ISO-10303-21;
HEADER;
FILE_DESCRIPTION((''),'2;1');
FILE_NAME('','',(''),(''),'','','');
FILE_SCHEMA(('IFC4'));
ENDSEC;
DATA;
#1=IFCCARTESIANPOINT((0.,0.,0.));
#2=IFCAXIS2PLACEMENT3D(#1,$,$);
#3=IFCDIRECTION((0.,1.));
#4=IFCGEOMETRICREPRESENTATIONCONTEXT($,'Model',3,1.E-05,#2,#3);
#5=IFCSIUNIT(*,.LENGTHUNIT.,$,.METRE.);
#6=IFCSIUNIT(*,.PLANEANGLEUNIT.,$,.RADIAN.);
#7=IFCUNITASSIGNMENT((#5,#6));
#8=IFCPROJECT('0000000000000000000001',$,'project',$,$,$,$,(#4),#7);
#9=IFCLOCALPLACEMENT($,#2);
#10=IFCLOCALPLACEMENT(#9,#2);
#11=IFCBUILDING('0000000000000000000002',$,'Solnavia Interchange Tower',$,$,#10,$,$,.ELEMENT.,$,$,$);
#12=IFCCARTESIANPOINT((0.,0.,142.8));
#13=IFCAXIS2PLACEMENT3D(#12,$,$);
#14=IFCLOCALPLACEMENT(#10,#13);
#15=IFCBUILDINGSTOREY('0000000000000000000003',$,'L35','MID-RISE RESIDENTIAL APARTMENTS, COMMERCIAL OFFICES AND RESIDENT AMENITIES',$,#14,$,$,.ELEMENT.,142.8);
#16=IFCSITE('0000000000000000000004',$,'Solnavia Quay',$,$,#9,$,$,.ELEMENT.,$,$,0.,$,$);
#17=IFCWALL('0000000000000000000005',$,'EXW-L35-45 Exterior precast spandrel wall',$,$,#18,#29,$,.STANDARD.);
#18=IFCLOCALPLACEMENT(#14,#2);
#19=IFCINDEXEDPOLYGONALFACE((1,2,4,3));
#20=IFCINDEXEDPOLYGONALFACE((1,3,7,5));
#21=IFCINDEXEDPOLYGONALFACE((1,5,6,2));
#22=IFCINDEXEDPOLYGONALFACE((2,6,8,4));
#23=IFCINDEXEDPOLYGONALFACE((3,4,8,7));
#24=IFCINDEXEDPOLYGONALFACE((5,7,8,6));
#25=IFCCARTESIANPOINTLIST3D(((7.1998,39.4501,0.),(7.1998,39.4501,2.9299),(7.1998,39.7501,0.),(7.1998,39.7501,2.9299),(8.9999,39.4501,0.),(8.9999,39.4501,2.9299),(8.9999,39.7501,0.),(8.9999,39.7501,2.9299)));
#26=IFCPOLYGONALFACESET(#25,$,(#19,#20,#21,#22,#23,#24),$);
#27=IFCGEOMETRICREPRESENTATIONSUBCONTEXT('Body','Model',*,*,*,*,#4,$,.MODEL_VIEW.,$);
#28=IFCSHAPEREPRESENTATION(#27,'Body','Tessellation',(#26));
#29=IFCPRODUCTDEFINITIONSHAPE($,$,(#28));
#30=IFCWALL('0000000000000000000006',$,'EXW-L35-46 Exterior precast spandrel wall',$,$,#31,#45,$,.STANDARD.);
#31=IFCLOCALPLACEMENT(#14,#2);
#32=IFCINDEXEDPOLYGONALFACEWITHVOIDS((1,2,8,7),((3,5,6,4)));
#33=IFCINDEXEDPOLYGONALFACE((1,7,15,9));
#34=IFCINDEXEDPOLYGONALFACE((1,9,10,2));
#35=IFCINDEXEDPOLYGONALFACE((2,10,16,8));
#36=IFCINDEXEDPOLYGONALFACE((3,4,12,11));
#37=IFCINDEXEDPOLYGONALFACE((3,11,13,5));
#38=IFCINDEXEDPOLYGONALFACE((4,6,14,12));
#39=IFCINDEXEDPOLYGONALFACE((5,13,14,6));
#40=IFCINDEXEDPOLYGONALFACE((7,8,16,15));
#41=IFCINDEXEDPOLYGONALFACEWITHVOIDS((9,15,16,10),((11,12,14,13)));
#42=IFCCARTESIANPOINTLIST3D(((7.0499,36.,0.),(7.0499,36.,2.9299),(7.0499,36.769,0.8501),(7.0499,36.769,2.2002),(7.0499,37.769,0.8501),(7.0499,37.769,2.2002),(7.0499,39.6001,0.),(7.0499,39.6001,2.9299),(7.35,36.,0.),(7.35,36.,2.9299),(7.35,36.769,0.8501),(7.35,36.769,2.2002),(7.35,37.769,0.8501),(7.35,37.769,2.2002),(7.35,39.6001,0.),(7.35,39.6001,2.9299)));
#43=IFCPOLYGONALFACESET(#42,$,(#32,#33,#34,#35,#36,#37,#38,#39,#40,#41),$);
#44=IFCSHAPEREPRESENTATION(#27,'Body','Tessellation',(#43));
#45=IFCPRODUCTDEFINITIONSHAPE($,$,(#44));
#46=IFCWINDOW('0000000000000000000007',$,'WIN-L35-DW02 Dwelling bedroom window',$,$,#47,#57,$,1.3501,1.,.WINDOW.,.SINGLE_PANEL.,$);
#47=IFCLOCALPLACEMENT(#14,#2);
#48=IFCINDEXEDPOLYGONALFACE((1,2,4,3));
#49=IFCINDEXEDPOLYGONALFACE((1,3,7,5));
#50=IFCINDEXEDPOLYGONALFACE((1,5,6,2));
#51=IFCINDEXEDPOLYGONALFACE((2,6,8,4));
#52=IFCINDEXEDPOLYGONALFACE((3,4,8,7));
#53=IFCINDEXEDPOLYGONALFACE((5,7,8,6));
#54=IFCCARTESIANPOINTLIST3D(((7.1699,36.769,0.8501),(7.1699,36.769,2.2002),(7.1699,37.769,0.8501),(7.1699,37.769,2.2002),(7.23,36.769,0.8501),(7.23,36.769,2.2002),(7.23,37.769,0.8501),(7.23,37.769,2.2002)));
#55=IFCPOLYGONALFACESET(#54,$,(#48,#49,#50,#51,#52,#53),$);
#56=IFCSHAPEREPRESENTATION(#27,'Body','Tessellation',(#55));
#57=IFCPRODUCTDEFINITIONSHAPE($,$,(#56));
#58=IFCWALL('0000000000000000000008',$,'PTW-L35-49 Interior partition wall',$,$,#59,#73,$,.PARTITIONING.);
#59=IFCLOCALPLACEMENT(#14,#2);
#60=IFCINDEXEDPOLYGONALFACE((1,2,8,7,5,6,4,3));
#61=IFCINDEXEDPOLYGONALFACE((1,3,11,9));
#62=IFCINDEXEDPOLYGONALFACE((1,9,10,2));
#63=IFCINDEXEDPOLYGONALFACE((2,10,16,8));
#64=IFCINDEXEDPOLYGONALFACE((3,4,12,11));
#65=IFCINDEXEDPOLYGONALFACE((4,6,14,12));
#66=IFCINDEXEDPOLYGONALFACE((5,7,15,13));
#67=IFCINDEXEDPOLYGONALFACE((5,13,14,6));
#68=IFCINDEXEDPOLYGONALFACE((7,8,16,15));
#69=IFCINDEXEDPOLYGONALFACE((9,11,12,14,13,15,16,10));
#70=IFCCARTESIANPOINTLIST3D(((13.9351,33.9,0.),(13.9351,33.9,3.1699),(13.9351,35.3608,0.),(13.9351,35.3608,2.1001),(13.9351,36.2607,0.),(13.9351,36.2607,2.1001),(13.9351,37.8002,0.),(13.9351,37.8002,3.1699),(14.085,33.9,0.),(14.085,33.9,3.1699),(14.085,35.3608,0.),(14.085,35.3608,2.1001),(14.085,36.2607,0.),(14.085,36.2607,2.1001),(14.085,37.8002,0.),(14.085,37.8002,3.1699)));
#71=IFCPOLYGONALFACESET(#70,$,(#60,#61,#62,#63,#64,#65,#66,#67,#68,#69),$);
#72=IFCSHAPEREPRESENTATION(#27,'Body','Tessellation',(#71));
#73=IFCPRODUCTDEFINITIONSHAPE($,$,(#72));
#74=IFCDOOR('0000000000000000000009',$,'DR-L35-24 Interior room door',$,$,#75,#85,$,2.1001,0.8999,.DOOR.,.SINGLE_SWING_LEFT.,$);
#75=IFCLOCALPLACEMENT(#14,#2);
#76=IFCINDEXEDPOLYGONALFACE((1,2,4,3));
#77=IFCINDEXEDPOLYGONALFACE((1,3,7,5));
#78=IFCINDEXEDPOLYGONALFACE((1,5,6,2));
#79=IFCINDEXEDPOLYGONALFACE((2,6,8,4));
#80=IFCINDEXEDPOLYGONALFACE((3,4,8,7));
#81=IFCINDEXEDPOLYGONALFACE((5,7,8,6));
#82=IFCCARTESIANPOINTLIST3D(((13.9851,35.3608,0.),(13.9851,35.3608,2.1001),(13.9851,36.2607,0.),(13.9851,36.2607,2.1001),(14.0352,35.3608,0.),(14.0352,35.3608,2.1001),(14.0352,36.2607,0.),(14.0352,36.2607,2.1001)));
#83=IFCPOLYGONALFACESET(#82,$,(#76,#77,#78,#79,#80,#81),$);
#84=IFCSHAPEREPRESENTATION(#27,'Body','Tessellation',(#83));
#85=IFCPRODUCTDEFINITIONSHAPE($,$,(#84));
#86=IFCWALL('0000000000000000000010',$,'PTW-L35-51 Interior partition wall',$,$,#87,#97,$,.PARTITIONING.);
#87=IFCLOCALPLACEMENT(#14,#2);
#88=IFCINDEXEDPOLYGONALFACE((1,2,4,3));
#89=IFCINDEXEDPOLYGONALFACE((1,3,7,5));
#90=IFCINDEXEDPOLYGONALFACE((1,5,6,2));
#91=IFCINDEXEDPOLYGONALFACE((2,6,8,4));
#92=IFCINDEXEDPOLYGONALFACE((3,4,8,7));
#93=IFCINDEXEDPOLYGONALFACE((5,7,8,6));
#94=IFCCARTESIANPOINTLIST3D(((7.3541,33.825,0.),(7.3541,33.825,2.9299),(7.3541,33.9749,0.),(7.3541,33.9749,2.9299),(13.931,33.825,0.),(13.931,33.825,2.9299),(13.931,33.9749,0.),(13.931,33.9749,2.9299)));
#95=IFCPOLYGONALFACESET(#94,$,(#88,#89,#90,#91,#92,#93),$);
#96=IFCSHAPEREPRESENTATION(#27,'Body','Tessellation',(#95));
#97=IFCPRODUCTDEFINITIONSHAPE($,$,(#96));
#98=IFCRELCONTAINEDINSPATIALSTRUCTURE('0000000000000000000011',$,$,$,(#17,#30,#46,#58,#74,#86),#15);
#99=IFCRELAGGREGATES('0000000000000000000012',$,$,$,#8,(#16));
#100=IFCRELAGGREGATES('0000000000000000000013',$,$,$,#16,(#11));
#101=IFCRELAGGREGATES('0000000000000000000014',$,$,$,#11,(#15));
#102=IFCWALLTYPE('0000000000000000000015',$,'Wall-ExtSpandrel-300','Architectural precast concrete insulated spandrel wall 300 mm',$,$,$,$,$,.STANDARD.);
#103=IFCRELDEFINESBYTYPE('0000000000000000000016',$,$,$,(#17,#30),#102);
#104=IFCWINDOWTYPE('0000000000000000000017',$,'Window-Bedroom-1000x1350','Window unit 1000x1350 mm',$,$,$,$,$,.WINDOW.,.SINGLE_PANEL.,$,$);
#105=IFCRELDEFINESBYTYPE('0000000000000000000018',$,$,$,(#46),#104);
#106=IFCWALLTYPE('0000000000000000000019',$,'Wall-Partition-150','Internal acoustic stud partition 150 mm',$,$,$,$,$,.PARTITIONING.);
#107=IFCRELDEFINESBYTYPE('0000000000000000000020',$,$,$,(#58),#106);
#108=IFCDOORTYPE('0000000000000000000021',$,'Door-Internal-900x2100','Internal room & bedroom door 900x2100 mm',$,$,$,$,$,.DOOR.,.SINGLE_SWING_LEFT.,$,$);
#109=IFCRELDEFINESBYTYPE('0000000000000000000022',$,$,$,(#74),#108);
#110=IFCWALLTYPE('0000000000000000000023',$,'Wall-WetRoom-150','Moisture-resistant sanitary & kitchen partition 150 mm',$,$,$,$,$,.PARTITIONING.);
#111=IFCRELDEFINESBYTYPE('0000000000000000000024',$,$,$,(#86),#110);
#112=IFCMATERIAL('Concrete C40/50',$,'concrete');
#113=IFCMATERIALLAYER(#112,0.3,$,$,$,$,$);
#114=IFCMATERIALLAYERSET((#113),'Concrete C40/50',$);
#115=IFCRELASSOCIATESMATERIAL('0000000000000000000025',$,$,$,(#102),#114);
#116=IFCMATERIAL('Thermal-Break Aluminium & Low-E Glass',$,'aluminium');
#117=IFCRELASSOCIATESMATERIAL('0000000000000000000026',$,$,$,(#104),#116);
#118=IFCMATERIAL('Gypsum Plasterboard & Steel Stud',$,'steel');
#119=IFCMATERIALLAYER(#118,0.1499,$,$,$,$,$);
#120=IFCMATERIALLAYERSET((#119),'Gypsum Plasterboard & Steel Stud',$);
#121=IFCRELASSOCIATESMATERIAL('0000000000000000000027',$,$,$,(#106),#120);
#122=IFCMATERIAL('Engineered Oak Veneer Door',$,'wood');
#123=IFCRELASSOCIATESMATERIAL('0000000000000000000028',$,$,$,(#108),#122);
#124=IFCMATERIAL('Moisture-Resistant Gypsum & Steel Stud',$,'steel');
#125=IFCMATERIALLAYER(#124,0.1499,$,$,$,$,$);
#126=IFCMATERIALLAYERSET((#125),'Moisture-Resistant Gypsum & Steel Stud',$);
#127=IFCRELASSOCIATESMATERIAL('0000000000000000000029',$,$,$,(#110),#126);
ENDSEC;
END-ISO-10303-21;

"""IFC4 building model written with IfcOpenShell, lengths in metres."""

from ifc_helpers import new_model, si_unit, direction, frame, frame_2d, origin, place, context, subcontext, project, spatial, rectangle, extrude, material, layer, layer_set, type_object, element, fill, save


model = new_model("IFC4")

# Units and contexts
model_context = context("Model", 3, precision=1e-05, world=origin(), true_north=direction((0.0, 1.0)))
body_context = subcontext(model_context, "Body", "Model", "MODEL_VIEW")
ifc_project = project(units=[si_unit("LENGTHUNIT", "METRE"), si_unit("PLANEANGLEUNIT", "RADIAN")], contexts=[model_context])

# Site, building, storey
site_placement = place(None, origin())
site = spatial("IfcSite", under=ifc_project, at=site_placement, Name="Solnavia Quay", CompositionType="ELEMENT", RefElevation=0.0)
building_placement = place(site_placement, origin())
building = spatial("IfcBuilding", under=site, at=building_placement, Name="Solnavia Interchange Tower", CompositionType="ELEMENT")
storey_placement = place(building_placement, frame((0.0, 0.0, 142.8)))
storey = spatial("IfcBuildingStorey", under=building, at=storey_placement, Name="L35", Description="MID-RISE RESIDENTIAL APARTMENTS, COMMERCIAL OFFICES AND RESIDENT AMENITIES", CompositionType="ELEMENT", Elevation=142.8)

# Wall
ifc_material_1 = material(Name="Concrete C40/50", Category="concrete")
ifc_layer_1 = layer(ifc_material_1, 0.3)
ifc_layer_set_1 = layer_set([ifc_layer_1], Name="Concrete C40/50")
wall_type_1 = type_object("IfcWallType", Name="Wall-ExtSpandrel-300", Description="Architectural precast concrete insulated spandrel wall 300 mm", PredefinedType="STANDARD", material=ifc_layer_set_1)
wall_1_placement = place(storey_placement, frame((7.2, 39.6001, 0.0), z_axis=(0.0, 0.0, 1.0), x_axis=(1.0, 0.0, 0.0)))
element("IfcWall", 1, at=wall_1_placement, inside=storey, type_object=wall_type_1, Name="EXW-L35-45 Exterior precast spandrel wall", PredefinedType="STANDARD", context=body_context, shape_type="SweptSolid", body=[
    extrude(rectangle(XDim=1.8, YDim=0.3, at=frame_2d((0.8999, 0.0))), origin(), (0.0, 0.0, 1.0), 2.9299),
])

# Wall, opening, window
wall_2_placement = place(storey_placement, frame((7.2, 36.0, 0.0), z_axis=(0.0, 0.0, 1.0), x_axis=(0.0, 1.0, 0.0)))
wall_2 = element("IfcWall", 2, at=wall_2_placement, inside=storey, type_object=wall_type_1, Name="EXW-L35-46 Exterior precast spandrel wall", PredefinedType="STANDARD", context=body_context, shape_type="SweptSolid", body=[
    extrude(rectangle(XDim=3.6001, YDim=0.3, at=frame_2d((1.8, 0.0))), origin(), (0.0, 0.0, 1.0), 2.9299),
])
opening_1_placement = place(wall_2_placement, frame((0.769, 0.0, 0.8501)))
opening_1 = element("IfcOpeningElement", 3, at=opening_1_placement, cuts=wall_2, PredefinedType="OPENING", context=body_context, shape_type="SweptSolid", body=[
    extrude(rectangle(XDim=1.0, YDim=1.3501, at=frame_2d((0.5, 0.675))), frame((0.0, 0.1602, 0.0), z_axis=(0.0, -1.0, 0.0), x_axis=(1.0, 0.0, 0.0)), (0.0, 0.0, 1.0), 0.3201),
])
ifc_material_2 = material(Name="Thermal-Break Aluminium & Low-E Glass", Category="aluminium")
window_type = type_object("IfcWindowType", Name="Window-Bedroom-1000x1350", Description="Window unit 1000x1350 mm", PartitioningType="SINGLE_PANEL", PredefinedType="WINDOW", material=ifc_material_2)
window_placement = place(opening_1_placement, origin())
window = element("IfcWindow", 4, at=window_placement, inside=storey, type_object=window_type, Name="WIN-L35-DW02 Dwelling bedroom window", OverallHeight=1.3501, OverallWidth=1.0, PartitioningType="SINGLE_PANEL", PredefinedType="WINDOW", context=body_context, shape_type="SweptSolid", body=[
    extrude(rectangle(XDim=1.0, YDim=1.3501, at=frame_2d((0.5, 0.675))), frame((0.0, 0.03, 0.0), z_axis=(0.0, -1.0, 0.0), x_axis=(1.0, 0.0, 0.0)), (0.0, 0.0, 1.0), 0.0601),
])
fill(opening_1, window)

# Wall, opening, door
ifc_material_3 = material(Name="Gypsum Plasterboard & Steel Stud", Category="steel")
ifc_layer_2 = layer(ifc_material_3, 0.1499)
ifc_layer_set_2 = layer_set([ifc_layer_2], Name="Gypsum Plasterboard & Steel Stud")
wall_type_2 = type_object("IfcWallType", Name="Wall-Partition-150", Description="Internal acoustic stud partition 150 mm", PredefinedType="PARTITIONING", material=ifc_layer_set_2)
wall_3_placement = place(storey_placement, frame((14.01, 33.8999, 0.0), z_axis=(0.0, 0.0, 1.0), x_axis=(0.0, 1.0, 0.0)))
wall_3 = element("IfcWall", 5, at=wall_3_placement, inside=storey, type_object=wall_type_2, Name="PTW-L35-49 Interior partition wall", PredefinedType="PARTITIONING", context=body_context, shape_type="SweptSolid", body=[
    extrude(rectangle(XDim=3.9001, YDim=0.1499, at=frame_2d((1.9502, 0.0))), origin(), (0.0, 0.0, 1.0), 3.1699),
])
opening_2_placement = place(wall_3_placement, frame((1.4609, 0.0, 0.0)))
opening_2 = element("IfcOpeningElement", 6, at=opening_2_placement, cuts=wall_3, PredefinedType="OPENING", context=body_context, shape_type="SweptSolid", body=[
    extrude(rectangle(XDim=0.8999, YDim=2.1001, at=frame_2d((0.45, 1.05))), frame((0.0, 0.085, 0.0), z_axis=(0.0, -1.0, 0.0), x_axis=(1.0, 0.0, 0.0)), (0.0, 0.0, 1.0), 0.1699),
])
ifc_material_4 = material(Name="Engineered Oak Veneer Door", Category="wood")
door_type = type_object("IfcDoorType", Name="Door-Internal-900x2100", Description="Internal room & bedroom door 900x2100 mm", OperationType="SINGLE_SWING_LEFT", PredefinedType="DOOR", material=ifc_material_4)
door_placement = place(opening_2_placement, origin())
door = element("IfcDoor", 7, at=door_placement, inside=storey, type_object=door_type, Name="DR-L35-24 Interior room door", OperationType="SINGLE_SWING_LEFT", OverallHeight=2.1001, OverallWidth=0.8999, PredefinedType="DOOR", context=body_context, shape_type="SweptSolid", body=[
    extrude(rectangle(XDim=0.8999, YDim=2.1001, at=frame_2d((0.45, 1.05))), frame((0.0, 0.0249, 0.0), z_axis=(0.0, -1.0, 0.0), x_axis=(1.0, 0.0, 0.0)), (0.0, 0.0, 1.0), 0.05),
])
fill(opening_2, door)

# Wall
ifc_material_5 = material(Name="Moisture-Resistant Gypsum & Steel Stud", Category="steel")
ifc_layer_3 = layer(ifc_material_5, 0.1499)
ifc_layer_set_3 = layer_set([ifc_layer_3], Name="Moisture-Resistant Gypsum & Steel Stud")
wall_type_3 = type_object("IfcWallType", Name="Wall-WetRoom-150", Description="Moisture-resistant sanitary & kitchen partition 150 mm", PredefinedType="PARTITIONING", material=ifc_layer_set_3)
wall_4_placement = place(storey_placement, frame((7.354, 33.8999, 0.0), z_axis=(0.0, 0.0, 1.0), x_axis=(1.0, 0.0, 0.0)))
element("IfcWall", 8, at=wall_4_placement, inside=storey, type_object=wall_type_3, Name="PTW-L35-51 Interior partition wall", PredefinedType="PARTITIONING", context=body_context, shape_type="SweptSolid", body=[
    extrude(rectangle(XDim=6.5769, YDim=0.1499, at=frame_2d((3.2886, 0.0))), origin(), (0.0, 0.0, 1.0), 2.9299),
])

save(model, "model.ifc")
